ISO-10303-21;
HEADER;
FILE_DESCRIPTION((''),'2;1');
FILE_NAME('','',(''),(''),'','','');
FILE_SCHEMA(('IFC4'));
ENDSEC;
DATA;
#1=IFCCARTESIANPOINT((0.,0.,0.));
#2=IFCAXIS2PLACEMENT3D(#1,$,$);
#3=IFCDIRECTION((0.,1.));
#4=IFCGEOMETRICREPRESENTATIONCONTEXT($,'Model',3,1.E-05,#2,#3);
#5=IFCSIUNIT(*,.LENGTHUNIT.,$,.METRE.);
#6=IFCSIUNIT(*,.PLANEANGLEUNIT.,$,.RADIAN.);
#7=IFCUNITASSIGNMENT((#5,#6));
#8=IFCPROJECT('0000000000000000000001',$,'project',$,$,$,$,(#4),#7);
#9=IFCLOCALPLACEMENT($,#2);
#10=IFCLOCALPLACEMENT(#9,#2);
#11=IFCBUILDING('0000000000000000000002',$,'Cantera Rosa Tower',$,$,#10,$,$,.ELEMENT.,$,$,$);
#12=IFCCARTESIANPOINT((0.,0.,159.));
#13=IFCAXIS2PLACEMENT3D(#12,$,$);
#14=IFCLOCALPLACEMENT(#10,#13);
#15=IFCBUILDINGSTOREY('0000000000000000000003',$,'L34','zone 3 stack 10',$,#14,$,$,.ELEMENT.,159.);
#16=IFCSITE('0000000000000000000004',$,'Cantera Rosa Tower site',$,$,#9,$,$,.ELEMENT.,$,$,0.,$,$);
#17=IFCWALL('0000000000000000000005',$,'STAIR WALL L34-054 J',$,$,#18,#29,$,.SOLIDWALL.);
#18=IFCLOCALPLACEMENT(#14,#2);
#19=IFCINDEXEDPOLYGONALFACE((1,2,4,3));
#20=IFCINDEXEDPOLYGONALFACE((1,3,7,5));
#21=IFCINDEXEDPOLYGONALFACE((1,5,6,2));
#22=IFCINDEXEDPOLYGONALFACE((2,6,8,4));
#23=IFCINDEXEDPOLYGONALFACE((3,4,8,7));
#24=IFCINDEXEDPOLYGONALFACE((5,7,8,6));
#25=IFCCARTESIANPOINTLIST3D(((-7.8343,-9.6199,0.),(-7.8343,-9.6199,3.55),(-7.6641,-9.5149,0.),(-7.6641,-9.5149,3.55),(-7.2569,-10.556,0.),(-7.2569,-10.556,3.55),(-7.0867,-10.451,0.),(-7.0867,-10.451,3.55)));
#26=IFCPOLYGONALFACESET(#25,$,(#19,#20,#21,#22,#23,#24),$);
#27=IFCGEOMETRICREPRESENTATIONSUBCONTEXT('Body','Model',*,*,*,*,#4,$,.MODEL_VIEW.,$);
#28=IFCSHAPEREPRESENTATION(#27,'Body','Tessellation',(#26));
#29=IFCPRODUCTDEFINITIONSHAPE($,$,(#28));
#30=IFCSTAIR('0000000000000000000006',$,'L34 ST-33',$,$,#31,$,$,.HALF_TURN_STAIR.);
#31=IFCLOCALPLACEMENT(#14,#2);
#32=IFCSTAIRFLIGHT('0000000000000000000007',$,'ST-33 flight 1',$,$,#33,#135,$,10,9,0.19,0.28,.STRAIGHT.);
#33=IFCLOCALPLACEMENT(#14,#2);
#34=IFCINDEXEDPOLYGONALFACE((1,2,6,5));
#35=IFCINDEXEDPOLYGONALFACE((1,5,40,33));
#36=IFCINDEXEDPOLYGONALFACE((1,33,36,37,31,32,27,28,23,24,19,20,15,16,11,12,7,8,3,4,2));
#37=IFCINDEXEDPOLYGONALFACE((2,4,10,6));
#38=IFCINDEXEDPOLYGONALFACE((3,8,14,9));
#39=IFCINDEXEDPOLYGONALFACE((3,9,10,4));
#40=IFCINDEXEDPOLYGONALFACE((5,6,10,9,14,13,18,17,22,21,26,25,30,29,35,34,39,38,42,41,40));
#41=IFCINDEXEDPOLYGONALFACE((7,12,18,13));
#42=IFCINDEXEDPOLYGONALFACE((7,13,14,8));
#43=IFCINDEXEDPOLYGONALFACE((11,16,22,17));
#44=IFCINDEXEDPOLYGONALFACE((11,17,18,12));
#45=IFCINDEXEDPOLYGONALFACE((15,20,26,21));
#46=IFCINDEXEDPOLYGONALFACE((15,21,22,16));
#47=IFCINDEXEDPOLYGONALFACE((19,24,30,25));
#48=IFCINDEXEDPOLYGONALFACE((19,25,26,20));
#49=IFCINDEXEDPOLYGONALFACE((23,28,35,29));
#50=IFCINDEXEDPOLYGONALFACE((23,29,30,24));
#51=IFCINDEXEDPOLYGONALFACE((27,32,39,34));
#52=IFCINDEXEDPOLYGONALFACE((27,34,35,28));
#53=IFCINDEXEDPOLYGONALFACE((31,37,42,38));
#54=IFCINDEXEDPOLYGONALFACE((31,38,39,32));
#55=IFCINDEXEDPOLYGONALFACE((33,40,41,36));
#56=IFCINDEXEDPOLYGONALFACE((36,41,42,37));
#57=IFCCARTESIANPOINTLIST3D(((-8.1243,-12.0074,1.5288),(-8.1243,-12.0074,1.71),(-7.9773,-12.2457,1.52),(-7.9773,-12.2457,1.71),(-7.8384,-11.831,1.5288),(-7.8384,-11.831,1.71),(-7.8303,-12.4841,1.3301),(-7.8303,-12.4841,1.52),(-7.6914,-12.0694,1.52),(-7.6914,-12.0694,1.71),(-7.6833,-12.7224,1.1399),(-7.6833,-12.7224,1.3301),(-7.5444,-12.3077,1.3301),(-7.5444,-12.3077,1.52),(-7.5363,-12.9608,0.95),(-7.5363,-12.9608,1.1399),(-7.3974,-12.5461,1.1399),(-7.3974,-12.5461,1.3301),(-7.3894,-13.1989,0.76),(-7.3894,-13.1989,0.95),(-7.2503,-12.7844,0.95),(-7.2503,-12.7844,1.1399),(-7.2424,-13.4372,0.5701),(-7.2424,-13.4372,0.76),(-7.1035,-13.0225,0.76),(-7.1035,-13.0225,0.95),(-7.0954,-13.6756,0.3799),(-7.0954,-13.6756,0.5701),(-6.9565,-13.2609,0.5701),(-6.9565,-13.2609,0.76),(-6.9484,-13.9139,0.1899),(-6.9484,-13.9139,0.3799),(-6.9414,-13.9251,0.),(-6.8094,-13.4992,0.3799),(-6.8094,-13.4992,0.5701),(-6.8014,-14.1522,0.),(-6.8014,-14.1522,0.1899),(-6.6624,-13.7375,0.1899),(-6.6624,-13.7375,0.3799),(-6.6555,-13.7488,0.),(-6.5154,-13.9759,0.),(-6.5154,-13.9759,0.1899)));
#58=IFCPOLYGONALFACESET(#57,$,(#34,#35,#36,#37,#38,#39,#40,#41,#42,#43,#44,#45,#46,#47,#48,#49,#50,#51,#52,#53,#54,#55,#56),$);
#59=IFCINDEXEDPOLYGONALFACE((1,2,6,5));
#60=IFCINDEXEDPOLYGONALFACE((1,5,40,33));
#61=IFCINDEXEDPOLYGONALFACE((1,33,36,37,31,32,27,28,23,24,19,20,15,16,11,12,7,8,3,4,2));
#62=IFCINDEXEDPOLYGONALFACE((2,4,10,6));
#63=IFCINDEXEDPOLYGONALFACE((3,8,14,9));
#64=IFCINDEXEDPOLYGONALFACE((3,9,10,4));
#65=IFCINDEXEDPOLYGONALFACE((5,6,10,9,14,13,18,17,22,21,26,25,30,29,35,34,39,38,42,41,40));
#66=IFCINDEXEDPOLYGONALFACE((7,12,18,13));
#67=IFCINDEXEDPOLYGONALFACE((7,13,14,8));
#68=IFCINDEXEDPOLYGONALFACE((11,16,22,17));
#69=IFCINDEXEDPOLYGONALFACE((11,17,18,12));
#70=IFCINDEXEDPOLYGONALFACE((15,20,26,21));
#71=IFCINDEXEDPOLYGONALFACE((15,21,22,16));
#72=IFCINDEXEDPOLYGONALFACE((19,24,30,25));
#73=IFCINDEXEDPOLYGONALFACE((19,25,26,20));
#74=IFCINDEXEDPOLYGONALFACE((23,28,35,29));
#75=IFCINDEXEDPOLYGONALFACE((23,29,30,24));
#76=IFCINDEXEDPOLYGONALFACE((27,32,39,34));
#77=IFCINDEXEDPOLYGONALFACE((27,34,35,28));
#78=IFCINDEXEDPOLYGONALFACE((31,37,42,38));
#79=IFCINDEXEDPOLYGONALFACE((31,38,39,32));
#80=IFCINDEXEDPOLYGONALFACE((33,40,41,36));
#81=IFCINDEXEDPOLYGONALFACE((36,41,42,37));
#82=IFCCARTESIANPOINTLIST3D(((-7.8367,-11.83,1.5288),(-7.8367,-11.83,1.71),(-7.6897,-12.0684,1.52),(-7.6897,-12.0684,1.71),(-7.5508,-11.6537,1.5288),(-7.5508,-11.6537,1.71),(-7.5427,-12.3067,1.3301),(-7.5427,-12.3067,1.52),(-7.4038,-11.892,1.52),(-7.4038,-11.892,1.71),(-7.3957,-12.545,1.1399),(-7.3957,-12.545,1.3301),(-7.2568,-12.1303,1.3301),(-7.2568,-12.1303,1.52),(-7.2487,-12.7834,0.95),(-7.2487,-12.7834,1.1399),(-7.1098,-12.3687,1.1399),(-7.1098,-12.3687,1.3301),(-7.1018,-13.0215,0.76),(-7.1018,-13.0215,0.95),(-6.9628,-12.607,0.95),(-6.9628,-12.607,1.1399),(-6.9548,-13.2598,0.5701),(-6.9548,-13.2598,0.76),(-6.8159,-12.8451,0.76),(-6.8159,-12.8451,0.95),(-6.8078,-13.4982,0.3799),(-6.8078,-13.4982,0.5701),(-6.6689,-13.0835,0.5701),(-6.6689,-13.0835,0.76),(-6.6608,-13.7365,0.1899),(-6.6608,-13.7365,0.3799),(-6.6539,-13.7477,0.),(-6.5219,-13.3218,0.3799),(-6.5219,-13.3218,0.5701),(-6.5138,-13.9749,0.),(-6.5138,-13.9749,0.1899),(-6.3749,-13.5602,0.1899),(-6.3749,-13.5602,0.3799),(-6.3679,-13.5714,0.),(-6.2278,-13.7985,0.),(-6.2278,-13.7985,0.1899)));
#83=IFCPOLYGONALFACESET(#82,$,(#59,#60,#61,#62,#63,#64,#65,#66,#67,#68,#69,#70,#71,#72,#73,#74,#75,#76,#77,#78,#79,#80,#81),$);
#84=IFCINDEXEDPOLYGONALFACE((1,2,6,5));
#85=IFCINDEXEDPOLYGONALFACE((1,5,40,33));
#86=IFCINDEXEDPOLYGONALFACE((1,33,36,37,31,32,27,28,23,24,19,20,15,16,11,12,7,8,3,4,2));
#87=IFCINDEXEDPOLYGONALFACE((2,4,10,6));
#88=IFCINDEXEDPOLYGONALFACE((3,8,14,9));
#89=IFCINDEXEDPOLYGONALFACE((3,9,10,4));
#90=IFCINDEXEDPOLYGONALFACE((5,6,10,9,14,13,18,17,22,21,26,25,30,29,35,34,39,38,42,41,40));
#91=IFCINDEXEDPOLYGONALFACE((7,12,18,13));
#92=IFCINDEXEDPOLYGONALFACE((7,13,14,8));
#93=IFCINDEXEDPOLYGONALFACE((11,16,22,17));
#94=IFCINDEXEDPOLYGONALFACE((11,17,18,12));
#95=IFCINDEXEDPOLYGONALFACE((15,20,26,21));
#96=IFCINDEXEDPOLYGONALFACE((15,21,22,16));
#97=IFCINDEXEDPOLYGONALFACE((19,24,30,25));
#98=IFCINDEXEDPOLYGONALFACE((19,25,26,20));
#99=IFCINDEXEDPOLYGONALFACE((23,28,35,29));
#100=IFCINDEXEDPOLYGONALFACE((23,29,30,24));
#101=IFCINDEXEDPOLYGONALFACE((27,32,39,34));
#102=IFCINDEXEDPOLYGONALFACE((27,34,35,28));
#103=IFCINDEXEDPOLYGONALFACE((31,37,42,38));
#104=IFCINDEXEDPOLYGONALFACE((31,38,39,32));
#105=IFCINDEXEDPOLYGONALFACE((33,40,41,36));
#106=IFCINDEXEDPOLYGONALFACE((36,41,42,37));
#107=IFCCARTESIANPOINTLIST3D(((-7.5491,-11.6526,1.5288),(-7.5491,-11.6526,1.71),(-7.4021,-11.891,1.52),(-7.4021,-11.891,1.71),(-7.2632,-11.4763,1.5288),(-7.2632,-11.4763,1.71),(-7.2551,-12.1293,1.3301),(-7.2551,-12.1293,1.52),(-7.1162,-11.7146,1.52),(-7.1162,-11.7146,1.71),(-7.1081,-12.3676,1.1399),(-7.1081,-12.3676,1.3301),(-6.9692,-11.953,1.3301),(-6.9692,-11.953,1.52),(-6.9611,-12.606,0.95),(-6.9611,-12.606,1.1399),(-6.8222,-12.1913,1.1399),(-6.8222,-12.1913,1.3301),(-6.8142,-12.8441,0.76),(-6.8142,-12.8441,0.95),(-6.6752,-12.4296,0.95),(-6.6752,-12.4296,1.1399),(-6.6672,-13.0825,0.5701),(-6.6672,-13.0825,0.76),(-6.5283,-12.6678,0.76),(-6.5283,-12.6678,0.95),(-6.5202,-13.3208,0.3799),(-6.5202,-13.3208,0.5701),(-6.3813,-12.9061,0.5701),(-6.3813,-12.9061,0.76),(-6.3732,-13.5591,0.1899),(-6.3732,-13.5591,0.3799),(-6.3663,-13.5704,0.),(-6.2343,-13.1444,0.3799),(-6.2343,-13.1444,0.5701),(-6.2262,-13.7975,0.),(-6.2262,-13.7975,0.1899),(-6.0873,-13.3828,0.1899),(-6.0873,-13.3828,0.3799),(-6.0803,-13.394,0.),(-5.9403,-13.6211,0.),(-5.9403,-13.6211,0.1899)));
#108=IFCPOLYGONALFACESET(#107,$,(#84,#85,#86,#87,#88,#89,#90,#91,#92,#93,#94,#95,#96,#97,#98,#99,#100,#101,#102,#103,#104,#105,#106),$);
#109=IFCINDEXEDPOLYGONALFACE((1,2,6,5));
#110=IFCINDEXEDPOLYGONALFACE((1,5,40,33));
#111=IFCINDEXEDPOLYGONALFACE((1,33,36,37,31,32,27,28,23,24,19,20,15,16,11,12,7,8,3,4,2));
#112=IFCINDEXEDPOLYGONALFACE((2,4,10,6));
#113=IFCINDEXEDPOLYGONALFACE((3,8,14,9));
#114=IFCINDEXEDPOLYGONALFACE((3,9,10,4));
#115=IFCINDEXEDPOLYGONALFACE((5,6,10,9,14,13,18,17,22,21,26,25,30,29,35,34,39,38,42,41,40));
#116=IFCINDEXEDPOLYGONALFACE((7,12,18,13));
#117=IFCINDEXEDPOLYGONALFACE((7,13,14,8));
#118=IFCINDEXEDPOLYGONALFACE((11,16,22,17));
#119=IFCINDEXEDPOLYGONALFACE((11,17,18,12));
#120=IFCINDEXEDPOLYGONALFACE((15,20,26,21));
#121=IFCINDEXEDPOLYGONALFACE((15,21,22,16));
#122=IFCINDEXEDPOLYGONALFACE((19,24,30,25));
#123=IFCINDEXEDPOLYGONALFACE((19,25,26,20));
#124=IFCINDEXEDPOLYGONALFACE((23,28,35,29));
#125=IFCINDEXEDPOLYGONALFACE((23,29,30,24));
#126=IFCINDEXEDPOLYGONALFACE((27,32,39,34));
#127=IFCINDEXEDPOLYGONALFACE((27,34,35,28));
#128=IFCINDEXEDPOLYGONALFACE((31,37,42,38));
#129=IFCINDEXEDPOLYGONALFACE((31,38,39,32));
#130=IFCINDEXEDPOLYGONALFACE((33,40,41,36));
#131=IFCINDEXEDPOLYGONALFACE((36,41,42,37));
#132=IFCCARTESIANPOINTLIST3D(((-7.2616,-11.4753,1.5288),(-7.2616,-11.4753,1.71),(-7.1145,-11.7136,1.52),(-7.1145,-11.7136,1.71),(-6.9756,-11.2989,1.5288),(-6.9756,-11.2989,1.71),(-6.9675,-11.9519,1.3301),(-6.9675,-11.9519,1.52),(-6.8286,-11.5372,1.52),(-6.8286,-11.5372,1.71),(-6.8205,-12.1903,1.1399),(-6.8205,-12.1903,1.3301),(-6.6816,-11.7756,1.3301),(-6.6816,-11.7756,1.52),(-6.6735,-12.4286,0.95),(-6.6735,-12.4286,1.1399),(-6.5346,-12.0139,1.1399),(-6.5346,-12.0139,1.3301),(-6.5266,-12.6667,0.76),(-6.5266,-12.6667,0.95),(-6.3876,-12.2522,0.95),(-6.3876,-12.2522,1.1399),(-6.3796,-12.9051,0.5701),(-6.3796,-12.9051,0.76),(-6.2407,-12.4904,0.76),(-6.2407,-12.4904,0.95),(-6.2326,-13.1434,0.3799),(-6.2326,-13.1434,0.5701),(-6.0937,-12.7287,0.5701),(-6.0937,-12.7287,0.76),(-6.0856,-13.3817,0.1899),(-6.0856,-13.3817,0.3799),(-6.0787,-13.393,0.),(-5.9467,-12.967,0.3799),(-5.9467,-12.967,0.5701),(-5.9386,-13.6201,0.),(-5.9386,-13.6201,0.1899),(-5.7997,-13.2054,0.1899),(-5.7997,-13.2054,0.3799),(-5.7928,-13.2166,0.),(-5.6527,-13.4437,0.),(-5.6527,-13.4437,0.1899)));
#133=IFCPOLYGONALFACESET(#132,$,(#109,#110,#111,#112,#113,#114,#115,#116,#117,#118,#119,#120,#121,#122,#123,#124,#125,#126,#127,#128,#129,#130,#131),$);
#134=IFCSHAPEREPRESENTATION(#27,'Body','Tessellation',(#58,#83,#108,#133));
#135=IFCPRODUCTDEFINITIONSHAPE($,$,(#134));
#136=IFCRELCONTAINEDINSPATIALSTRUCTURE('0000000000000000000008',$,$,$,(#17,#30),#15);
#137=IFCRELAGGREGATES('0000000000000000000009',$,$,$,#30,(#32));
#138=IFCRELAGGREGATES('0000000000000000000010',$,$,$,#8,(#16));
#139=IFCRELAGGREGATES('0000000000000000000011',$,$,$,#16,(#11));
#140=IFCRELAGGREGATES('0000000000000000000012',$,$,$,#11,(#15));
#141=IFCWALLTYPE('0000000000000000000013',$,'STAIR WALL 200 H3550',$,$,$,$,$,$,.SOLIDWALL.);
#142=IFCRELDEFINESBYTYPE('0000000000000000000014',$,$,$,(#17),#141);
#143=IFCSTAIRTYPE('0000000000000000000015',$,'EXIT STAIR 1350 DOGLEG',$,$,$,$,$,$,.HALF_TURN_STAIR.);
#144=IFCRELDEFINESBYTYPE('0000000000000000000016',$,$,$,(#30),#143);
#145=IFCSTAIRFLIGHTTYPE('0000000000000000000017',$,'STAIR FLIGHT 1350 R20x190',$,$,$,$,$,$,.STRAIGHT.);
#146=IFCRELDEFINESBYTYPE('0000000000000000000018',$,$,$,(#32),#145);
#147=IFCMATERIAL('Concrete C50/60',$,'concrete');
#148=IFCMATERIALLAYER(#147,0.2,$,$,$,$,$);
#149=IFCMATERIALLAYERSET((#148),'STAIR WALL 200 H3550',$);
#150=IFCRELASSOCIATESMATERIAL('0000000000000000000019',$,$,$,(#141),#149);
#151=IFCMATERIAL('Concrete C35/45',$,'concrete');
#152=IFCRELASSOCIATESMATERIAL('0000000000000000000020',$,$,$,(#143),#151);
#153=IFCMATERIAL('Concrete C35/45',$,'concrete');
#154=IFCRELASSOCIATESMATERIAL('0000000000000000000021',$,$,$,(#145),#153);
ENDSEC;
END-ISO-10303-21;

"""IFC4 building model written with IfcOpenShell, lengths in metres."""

from ifc_helpers import new_model, si_unit, direction, frame, frame_2d, origin, place, context, subcontext, project, spatial, polyline, rectangle, outline, extrude, material, layer, layer_set, type_object, element, aggregate, save


model = new_model("IFC4")

# Units and contexts
model_context = context("Model", 3, precision=1e-05, world=origin(), true_north=direction((0.0, 1.0)))
body_context = subcontext(model_context, "Body", "Model", "MODEL_VIEW")
ifc_project = project(units=[si_unit("LENGTHUNIT", "METRE"), si_unit("PLANEANGLEUNIT", "RADIAN")], contexts=[model_context])

# Site, building, storey
site_placement = place(None, origin())
site = spatial("IfcSite", under=ifc_project, at=site_placement, Name="Cantera Rosa Tower site", CompositionType="ELEMENT", RefElevation=0.0)
building_placement = place(site_placement, origin())
building = spatial("IfcBuilding", under=site, at=building_placement, Name="Cantera Rosa Tower", CompositionType="ELEMENT")
storey_placement = place(building_placement, frame((0.0, 0.0, 159.0)))
storey = spatial("IfcBuildingStorey", under=building, at=storey_placement, Name="L34", Description="zone 3 stack 10", CompositionType="ELEMENT", Elevation=159.0)

# Wall
ifc_material_1 = material(Name="Concrete C50/60", Category="concrete")
ifc_layer_1 = layer(ifc_material_1, 0.2)
ifc_layer_set_1 = layer_set([ifc_layer_1], Name="STAIR WALL 200 H3550")
wall_type_1 = type_object("IfcWallType", Name="STAIR WALL 200 H3550", PredefinedType="SOLIDWALL", material=ifc_layer_set_1)
wall_1_placement = place(storey_placement, frame((-7.1719, -10.5034, 0.0), z_axis=(0.0, 0.0, 1.0), x_axis=(-0.525001, 0.851101, 0.0)))
element("IfcWall", 1, at=wall_1_placement, inside=storey, type_object=wall_type_1, Name="STAIR WALL L34-054 J", PredefinedType="SOLIDWALL", context=body_context, shape_type="SweptSolid", body=[
    extrude(rectangle(XDim=1.0999, YDim=0.2, at=frame_2d((0.5498, 0.0))), origin(), (0.0, 0.0, 1.0), 3.55),
])

# Stair, stair flight
ifc_material_2 = material(Name="Concrete C35/45", Category="concrete")
stair_type = type_object("IfcStairType", Name="EXIT STAIR 1350 DOGLEG", PredefinedType="HALF_TURN_STAIR", material=ifc_material_2)
stair_placement = place(storey_placement, origin())
stair = element("IfcStair", 2, at=stair_placement, inside=storey, type_object=stair_type, Name="L34 ST-33", PredefinedType="HALF_TURN_STAIR")
ifc_material_3 = material(Name="Concrete C35/45", Category="concrete")
stair_flight_type = type_object("IfcStairFlightType", Name="STAIR FLIGHT 1350 R20x190", PredefinedType="STRAIGHT", material=ifc_material_3)
stair_flight_1_placement = place(storey_placement, frame((-6.2268, -13.7979, 0.0), z_axis=(0.0, 0.0, 1.0), x_axis=(-0.524977, 0.851117, 0.0)))
stair_flight_1 = element("IfcStairFlight", 3, at=stair_flight_1_placement, type_object=stair_flight_type, Name="ST-33 flight 1", NumberOfRisers=10, NumberOfTreads=9, PredefinedType="STRAIGHT", RiserHeight=0.19, TreadLength=0.28, context=body_context, shape_type="SweptSolid", body=[
    extrude(outline(polyline([(0.0, 0.0), (0.0, 0.1899), (0.28, 0.1899), (0.28, 0.3799), (0.5601, 0.3799), (0.5601, 0.5701), (0.8401, 0.5701), (0.8401, 0.76), (1.1201, 0.76), (1.1201, 0.95), (1.3999, 0.95), (1.3999, 1.1399), (1.6799, 1.1399), (1.6799, 1.3301), (1.96, 1.3301), (1.96, 1.52), (2.24, 1.52), (2.24, 1.71), (2.52, 1.71), (2.52, 1.8999), (2.52, 1.5288), (0.2668, 0.0), (0.0, 0.0)])), frame((0.0, 0.675, 0.0), z_axis=(0.0, -1.0, 0.0), x_axis=(1.0, 0.0, 0.0)), (0.0, 0.0, 1.0), 0.3359),
    extrude(outline(polyline([(0.0, 0.0), (0.0, 0.1899), (0.28, 0.1899), (0.28, 0.3799), (0.5601, 0.3799), (0.5601, 0.5701), (0.8401, 0.5701), (0.8401, 0.76), (1.1201, 0.76), (1.1201, 0.95), (1.3999, 0.95), (1.3999, 1.1399), (1.6799, 1.1399), (1.6799, 1.3301), (1.96, 1.3301), (1.96, 1.52), (2.24, 1.52), (2.24, 1.71), (2.52, 1.71), (2.52, 1.8999), (2.52, 1.5288), (0.2668, 0.0), (0.0, 0.0)])), frame((0.0, 0.3372, 0.0), z_axis=(0.0, -1.0, 0.0), x_axis=(1.0, 0.0, 0.0)), (0.0, 0.0, 1.0), 0.3359),
    extrude(outline(polyline([(0.0, 0.0), (0.0, 0.1899), (0.28, 0.1899), (0.28, 0.3799), (0.5601, 0.3799), (0.5601, 0.5701), (0.8401, 0.5701), (0.8401, 0.76), (1.1201, 0.76), (1.1201, 0.95), (1.3999, 0.95), (1.3999, 1.1399), (1.6799, 1.1399), (1.6799, 1.3301), (1.96, 1.3301), (1.96, 1.52), (2.24, 1.52), (2.24, 1.71), (2.52, 1.71), (2.52, 1.8999), (2.52, 1.5288), (0.2668, 0.0), (0.0, 0.0)])), frame((0.0, -0.0007, 0.0), z_axis=(0.0, -1.0, 0.0), x_axis=(1.0, 0.0, 0.0)), (0.0, 0.0, 1.0), 0.3359),
    extrude(outline(polyline([(0.0, 0.0), (0.0, 0.1899), (0.28, 0.1899), (0.28, 0.3799), (0.5601, 0.3799), (0.5601, 0.5701), (0.8401, 0.5701), (0.8401, 0.76), (1.1201, 0.76), (1.1201, 0.95), (1.3999, 0.95), (1.3999, 1.1399), (1.6799, 1.1399), (1.6799, 1.3301), (1.96, 1.3301), (1.96, 1.52), (2.24, 1.52), (2.24, 1.71), (2.52, 1.71), (2.52, 1.8999), (2.52, 1.5288), (0.2668, 0.0), (0.0, 0.0)])), frame((0.0, -0.3386, 0.0), z_axis=(0.0, -1.0, 0.0), x_axis=(1.0, 0.0, 0.0)), (0.0, 0.0, 1.0), 0.3359),
])
aggregate(stair, [stair_flight_1])

save(model, "model.ifc")
